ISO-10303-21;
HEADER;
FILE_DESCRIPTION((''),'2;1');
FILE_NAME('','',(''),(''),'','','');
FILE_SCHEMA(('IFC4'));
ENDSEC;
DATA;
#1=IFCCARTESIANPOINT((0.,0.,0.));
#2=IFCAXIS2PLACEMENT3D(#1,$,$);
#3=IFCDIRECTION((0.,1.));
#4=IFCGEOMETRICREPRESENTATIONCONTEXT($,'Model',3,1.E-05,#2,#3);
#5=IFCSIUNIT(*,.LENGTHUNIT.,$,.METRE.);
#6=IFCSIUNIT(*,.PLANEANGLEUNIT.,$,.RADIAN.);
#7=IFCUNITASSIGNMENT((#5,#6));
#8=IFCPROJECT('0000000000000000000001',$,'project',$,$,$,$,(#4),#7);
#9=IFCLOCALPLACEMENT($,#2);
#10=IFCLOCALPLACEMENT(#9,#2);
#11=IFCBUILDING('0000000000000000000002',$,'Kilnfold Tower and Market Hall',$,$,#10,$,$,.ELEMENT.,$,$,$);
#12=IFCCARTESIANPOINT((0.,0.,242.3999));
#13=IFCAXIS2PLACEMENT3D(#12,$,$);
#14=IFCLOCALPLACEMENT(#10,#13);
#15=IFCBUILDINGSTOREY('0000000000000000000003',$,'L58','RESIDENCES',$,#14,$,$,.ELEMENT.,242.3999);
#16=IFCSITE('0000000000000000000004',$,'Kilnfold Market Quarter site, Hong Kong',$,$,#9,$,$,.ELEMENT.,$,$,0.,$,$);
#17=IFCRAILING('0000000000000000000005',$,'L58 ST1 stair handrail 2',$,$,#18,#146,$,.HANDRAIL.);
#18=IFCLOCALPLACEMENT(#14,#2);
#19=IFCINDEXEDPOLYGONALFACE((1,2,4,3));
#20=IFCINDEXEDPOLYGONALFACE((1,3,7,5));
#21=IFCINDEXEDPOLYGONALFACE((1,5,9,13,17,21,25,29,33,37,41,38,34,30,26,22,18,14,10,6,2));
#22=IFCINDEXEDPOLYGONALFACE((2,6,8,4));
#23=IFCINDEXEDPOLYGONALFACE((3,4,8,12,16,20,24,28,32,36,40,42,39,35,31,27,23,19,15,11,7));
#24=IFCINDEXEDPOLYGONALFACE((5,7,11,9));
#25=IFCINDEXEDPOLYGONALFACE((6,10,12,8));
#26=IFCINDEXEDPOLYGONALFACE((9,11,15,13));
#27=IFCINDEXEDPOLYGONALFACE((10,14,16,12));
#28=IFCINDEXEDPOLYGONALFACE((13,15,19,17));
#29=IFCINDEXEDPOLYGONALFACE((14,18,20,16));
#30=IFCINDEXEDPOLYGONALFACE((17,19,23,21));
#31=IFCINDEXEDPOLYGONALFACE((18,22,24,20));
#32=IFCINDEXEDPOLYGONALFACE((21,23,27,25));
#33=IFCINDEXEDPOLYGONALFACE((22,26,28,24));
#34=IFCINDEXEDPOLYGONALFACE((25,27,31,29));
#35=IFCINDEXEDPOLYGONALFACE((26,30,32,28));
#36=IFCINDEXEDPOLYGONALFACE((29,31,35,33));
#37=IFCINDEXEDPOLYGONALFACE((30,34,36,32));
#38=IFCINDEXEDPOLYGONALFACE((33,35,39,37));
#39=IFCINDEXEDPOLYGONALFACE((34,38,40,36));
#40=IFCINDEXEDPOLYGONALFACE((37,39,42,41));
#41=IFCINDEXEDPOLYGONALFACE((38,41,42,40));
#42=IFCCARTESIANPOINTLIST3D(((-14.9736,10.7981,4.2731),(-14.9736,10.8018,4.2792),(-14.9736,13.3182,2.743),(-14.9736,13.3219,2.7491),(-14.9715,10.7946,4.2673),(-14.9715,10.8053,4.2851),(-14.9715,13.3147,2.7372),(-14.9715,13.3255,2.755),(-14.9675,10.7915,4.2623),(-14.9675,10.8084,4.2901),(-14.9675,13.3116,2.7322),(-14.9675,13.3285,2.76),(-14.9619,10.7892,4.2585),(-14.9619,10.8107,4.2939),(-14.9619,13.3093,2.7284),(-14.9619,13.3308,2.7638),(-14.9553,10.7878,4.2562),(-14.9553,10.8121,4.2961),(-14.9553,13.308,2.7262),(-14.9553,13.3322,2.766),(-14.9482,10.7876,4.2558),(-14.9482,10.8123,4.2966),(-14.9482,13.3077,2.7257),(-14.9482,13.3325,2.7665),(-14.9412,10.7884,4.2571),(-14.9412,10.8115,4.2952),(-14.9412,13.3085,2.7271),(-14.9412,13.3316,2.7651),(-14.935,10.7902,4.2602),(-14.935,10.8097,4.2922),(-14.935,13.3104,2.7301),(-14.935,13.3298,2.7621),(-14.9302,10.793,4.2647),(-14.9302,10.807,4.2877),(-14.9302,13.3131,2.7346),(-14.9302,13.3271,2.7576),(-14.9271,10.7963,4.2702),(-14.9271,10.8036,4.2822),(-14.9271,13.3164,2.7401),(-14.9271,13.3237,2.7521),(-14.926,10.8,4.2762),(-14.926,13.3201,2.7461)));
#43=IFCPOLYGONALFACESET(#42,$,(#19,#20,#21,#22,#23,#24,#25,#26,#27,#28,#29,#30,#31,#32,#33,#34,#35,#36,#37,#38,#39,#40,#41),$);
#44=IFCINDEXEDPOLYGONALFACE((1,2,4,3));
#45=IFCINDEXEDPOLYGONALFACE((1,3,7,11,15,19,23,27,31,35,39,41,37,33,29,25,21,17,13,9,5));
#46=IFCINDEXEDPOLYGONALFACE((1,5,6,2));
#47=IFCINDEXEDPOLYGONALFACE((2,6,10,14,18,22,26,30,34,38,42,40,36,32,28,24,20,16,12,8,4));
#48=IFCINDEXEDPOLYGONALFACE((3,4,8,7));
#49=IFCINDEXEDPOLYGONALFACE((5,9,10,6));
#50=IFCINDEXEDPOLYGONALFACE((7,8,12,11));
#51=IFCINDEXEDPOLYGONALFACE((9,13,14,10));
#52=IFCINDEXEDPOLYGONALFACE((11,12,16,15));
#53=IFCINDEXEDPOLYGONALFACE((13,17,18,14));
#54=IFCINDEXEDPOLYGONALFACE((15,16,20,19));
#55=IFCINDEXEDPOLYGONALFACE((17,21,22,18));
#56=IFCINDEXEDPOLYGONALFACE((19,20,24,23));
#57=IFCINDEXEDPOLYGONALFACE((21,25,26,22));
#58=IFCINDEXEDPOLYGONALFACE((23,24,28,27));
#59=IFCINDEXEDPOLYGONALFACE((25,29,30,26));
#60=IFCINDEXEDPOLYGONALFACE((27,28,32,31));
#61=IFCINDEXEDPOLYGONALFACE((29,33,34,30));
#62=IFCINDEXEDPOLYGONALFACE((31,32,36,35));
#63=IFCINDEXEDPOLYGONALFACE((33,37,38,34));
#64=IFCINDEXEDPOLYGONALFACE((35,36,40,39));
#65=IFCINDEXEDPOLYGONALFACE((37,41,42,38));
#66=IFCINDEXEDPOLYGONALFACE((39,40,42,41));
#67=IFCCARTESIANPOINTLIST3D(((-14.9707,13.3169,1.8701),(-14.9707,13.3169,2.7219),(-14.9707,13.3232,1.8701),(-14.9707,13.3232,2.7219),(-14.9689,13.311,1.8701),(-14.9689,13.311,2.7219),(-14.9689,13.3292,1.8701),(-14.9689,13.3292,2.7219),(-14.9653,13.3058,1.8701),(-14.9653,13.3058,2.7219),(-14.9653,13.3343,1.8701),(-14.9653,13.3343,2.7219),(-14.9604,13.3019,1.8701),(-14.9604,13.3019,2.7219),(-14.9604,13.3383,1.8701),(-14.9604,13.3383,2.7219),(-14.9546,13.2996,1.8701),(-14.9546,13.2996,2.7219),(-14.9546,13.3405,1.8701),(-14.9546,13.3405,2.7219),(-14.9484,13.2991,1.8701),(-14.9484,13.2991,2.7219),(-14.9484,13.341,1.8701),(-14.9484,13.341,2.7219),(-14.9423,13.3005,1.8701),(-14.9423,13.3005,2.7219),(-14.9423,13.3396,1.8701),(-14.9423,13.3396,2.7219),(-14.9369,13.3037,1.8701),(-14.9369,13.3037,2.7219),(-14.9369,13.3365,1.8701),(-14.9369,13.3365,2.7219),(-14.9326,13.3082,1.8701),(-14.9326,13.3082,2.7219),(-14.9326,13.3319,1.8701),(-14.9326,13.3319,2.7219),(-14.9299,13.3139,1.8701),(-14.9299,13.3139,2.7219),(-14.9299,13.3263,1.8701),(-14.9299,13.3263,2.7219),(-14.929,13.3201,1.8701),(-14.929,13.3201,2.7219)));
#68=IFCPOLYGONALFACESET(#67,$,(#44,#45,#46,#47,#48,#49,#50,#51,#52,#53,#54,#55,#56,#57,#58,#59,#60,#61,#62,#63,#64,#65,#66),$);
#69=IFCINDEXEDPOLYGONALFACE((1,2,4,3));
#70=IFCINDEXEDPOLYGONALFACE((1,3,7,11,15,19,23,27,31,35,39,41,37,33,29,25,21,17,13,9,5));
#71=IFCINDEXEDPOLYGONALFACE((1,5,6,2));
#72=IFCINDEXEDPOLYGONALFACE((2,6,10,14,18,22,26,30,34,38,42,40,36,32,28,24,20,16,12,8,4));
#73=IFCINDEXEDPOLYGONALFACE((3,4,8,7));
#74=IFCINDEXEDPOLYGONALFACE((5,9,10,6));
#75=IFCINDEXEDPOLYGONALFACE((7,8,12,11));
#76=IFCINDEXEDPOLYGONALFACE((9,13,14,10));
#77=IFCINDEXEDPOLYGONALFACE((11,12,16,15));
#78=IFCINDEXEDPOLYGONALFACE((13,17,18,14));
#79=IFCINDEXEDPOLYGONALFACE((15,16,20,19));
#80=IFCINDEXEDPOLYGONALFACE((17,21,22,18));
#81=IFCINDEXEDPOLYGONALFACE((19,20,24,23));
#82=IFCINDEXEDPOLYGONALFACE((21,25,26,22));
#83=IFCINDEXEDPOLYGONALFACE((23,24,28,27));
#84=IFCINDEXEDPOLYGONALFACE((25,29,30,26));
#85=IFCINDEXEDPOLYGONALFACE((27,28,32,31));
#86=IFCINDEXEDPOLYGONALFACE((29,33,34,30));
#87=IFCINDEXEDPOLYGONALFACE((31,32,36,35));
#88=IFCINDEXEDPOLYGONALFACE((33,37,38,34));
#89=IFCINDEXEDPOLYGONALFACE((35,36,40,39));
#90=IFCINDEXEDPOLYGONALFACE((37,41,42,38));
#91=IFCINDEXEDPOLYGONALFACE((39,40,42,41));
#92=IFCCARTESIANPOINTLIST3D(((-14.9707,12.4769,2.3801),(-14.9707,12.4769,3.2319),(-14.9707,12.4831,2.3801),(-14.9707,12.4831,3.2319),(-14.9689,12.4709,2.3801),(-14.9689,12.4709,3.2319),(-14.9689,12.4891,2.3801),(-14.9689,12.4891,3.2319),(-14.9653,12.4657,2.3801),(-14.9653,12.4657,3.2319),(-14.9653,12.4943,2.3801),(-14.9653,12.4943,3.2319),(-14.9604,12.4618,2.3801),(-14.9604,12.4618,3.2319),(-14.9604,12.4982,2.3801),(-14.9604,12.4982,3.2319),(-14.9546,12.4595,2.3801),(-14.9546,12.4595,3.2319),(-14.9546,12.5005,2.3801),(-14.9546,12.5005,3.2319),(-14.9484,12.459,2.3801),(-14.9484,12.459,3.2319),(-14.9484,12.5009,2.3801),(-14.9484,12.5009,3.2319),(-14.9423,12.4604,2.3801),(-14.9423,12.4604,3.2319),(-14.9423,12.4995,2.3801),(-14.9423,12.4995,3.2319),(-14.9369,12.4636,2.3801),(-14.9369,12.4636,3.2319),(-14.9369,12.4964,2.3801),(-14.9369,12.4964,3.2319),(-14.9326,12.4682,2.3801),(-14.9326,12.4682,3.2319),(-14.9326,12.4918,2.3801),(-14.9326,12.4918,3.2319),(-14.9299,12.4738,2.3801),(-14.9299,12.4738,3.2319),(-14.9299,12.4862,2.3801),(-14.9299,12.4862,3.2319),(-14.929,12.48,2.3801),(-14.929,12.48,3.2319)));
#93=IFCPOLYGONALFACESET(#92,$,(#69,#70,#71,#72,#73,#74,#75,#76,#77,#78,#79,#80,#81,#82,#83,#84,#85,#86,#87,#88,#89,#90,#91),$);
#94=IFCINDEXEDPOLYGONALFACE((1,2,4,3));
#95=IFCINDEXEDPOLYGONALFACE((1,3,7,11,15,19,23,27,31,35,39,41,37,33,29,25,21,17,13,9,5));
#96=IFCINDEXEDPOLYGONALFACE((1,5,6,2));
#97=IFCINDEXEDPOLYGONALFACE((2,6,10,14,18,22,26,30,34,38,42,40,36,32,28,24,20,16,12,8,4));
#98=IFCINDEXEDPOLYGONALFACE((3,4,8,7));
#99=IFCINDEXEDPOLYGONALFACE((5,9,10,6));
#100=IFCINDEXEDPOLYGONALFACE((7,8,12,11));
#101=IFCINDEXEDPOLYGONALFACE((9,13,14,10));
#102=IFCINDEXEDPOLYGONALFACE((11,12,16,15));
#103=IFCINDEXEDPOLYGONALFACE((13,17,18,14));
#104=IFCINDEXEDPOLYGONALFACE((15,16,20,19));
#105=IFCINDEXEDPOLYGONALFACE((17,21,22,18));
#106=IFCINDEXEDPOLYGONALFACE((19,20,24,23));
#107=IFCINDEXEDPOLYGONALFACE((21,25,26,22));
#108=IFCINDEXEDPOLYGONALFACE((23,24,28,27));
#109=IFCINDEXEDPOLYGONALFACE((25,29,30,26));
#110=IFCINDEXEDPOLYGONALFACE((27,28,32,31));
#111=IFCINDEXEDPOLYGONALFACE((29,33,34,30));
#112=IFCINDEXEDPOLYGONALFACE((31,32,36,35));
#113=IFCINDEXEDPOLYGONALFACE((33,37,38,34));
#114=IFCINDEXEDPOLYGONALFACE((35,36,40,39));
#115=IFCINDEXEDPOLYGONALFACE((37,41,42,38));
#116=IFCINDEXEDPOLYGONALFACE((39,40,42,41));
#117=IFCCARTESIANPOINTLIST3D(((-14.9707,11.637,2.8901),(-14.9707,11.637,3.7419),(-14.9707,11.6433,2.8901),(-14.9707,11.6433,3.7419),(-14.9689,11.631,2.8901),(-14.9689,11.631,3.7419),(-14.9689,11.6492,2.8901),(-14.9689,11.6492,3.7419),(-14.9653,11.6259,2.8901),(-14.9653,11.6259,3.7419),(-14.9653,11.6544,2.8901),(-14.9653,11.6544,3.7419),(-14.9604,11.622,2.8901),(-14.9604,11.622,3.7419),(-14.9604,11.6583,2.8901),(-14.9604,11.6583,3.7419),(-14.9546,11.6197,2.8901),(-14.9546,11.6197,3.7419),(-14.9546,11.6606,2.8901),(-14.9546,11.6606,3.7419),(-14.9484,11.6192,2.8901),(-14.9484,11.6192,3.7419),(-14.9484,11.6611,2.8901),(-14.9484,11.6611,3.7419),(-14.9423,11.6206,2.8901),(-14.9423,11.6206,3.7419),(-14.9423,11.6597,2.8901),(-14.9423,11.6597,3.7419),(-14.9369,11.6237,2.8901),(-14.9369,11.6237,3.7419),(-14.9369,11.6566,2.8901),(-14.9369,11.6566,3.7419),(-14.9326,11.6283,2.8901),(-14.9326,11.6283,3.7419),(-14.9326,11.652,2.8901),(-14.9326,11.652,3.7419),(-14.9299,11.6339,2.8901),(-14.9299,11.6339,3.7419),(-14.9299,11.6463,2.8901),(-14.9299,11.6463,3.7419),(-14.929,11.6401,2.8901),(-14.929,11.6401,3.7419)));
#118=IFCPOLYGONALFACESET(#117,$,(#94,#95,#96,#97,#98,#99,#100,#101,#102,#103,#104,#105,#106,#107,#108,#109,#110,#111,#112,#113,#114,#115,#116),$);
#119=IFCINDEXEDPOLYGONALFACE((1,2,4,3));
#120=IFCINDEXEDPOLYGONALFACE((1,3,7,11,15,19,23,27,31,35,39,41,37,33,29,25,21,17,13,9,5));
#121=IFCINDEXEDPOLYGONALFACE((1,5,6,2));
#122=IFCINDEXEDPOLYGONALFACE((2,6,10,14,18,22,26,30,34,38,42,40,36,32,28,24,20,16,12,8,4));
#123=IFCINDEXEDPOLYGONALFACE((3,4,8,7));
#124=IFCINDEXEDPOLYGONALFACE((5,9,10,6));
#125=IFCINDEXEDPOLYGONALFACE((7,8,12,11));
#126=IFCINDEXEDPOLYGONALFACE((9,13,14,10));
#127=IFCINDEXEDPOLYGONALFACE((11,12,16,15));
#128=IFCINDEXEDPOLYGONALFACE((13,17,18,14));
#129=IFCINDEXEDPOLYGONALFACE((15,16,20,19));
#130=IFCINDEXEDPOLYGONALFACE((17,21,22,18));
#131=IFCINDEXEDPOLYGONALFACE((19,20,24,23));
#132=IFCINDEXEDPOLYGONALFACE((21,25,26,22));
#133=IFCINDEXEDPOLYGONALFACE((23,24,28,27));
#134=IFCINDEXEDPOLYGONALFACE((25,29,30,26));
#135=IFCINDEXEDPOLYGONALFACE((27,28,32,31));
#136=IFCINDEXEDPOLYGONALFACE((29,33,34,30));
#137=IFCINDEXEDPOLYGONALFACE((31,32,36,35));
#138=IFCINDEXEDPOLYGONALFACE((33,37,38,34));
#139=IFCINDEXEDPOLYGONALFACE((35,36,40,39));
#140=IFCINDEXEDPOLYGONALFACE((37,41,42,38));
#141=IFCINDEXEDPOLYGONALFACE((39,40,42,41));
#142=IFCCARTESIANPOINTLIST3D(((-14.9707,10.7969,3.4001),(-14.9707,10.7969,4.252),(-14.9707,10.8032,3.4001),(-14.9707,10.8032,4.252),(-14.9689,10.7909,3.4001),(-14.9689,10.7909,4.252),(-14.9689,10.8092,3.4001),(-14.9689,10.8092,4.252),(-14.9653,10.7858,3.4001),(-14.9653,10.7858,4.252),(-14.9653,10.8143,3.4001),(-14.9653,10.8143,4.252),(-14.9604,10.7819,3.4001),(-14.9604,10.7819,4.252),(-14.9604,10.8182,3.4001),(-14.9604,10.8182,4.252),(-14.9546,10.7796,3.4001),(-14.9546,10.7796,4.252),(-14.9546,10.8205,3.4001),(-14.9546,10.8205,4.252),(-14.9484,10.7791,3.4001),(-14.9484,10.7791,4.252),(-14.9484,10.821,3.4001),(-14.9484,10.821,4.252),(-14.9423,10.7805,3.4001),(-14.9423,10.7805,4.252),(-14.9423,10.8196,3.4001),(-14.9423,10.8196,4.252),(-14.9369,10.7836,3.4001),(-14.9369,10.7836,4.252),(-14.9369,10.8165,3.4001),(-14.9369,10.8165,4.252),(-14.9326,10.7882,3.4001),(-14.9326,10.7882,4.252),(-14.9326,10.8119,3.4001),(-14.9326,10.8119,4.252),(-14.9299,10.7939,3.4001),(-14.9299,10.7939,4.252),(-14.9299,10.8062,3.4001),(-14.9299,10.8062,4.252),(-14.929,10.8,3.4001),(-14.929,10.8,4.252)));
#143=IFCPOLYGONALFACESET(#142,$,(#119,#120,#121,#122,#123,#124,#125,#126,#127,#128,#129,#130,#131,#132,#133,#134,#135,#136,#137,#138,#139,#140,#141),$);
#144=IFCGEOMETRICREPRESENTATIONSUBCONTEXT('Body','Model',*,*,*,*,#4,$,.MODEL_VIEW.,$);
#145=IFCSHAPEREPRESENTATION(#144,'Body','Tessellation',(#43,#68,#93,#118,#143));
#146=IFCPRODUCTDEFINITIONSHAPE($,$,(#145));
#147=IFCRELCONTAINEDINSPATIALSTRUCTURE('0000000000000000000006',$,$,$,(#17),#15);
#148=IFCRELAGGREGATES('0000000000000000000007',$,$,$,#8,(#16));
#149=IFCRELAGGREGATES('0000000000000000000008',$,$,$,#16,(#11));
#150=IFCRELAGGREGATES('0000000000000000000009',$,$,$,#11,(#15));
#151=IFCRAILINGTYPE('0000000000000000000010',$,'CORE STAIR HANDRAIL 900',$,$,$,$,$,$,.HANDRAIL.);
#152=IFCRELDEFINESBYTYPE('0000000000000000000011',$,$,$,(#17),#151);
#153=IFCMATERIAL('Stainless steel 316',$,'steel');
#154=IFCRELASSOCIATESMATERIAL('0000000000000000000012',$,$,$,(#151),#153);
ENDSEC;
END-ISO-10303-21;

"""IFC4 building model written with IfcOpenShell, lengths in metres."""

from ifc_helpers import new_model, si_unit, direction, frame, origin, origin_2d, place, context, subcontext, project, spatial, circle, extrude, material, type_object, element, save


model = new_model("IFC4")

# Units and contexts
model_context = context("Model", 3, precision=1e-05, world=origin(), true_north=direction((0.0, 1.0)))
body_context = subcontext(model_context, "Body", "Model", "MODEL_VIEW")
ifc_project = project(units=[si_unit("LENGTHUNIT", "METRE"), si_unit("PLANEANGLEUNIT", "RADIAN")], contexts=[model_context])

# Site, building, storey
site_placement = place(None, origin())
site = spatial("IfcSite", under=ifc_project, at=site_placement, Name="Kilnfold Market Quarter site, Hong Kong", CompositionType="ELEMENT", RefElevation=0.0)
building_placement = place(site_placement, origin())
building = spatial("IfcBuilding", under=site, at=building_placement, Name="Kilnfold Tower and Market Hall", CompositionType="ELEMENT")
storey_placement = place(building_placement, frame((0.0, 0.0, 242.3999)))
storey = spatial("IfcBuildingStorey", under=building, at=storey_placement, Name="L58", Description="RESIDENCES", CompositionType="ELEMENT", Elevation=242.3999)

# Railing
ifc_material_1 = material(Name="Stainless steel 316", Category="steel")
railing_type = type_object("IfcRailingType", Name="CORE STAIR HANDRAIL 900", PredefinedType="HANDRAIL", material=ifc_material_1)
railing_placement = place(storey_placement, frame((-14.95, 13.3201, 1.8701)))
element("IfcRailing", 1, at=railing_placement, inside=storey, type_object=railing_type, Name="L58 ST1 stair handrail 2", PredefinedType="HANDRAIL", context=body_context, shape_type="SweptSolid", body=[
    extrude(circle(Radius=0.0239, at=origin_2d()), frame((0.0, 0.0, 0.876), z_axis=(0.0, -0.854785, 0.518982), x_axis=(1.0, 0.0, 0.0)), (0.0, 0.0, 1.0), 2.9482),
    extrude(circle(Radius=0.021, at=origin_2d()), origin(), (0.0, 0.0, 1.0), 0.8518),
    extrude(circle(Radius=0.021, at=origin_2d()), frame((0.0, -0.8401, 0.51)), (0.0, 0.0, 1.0), 0.8518),
    extrude(circle(Radius=0.021, at=origin_2d()), frame((0.0, -1.6799, 1.02)), (0.0, 0.0, 1.0), 0.8518),
    extrude(circle(Radius=0.021, at=origin_2d()), frame((0.0, -2.52, 1.53)), (0.0, 0.0, 1.0), 0.8518),
])

save(model, "model.ifc")
